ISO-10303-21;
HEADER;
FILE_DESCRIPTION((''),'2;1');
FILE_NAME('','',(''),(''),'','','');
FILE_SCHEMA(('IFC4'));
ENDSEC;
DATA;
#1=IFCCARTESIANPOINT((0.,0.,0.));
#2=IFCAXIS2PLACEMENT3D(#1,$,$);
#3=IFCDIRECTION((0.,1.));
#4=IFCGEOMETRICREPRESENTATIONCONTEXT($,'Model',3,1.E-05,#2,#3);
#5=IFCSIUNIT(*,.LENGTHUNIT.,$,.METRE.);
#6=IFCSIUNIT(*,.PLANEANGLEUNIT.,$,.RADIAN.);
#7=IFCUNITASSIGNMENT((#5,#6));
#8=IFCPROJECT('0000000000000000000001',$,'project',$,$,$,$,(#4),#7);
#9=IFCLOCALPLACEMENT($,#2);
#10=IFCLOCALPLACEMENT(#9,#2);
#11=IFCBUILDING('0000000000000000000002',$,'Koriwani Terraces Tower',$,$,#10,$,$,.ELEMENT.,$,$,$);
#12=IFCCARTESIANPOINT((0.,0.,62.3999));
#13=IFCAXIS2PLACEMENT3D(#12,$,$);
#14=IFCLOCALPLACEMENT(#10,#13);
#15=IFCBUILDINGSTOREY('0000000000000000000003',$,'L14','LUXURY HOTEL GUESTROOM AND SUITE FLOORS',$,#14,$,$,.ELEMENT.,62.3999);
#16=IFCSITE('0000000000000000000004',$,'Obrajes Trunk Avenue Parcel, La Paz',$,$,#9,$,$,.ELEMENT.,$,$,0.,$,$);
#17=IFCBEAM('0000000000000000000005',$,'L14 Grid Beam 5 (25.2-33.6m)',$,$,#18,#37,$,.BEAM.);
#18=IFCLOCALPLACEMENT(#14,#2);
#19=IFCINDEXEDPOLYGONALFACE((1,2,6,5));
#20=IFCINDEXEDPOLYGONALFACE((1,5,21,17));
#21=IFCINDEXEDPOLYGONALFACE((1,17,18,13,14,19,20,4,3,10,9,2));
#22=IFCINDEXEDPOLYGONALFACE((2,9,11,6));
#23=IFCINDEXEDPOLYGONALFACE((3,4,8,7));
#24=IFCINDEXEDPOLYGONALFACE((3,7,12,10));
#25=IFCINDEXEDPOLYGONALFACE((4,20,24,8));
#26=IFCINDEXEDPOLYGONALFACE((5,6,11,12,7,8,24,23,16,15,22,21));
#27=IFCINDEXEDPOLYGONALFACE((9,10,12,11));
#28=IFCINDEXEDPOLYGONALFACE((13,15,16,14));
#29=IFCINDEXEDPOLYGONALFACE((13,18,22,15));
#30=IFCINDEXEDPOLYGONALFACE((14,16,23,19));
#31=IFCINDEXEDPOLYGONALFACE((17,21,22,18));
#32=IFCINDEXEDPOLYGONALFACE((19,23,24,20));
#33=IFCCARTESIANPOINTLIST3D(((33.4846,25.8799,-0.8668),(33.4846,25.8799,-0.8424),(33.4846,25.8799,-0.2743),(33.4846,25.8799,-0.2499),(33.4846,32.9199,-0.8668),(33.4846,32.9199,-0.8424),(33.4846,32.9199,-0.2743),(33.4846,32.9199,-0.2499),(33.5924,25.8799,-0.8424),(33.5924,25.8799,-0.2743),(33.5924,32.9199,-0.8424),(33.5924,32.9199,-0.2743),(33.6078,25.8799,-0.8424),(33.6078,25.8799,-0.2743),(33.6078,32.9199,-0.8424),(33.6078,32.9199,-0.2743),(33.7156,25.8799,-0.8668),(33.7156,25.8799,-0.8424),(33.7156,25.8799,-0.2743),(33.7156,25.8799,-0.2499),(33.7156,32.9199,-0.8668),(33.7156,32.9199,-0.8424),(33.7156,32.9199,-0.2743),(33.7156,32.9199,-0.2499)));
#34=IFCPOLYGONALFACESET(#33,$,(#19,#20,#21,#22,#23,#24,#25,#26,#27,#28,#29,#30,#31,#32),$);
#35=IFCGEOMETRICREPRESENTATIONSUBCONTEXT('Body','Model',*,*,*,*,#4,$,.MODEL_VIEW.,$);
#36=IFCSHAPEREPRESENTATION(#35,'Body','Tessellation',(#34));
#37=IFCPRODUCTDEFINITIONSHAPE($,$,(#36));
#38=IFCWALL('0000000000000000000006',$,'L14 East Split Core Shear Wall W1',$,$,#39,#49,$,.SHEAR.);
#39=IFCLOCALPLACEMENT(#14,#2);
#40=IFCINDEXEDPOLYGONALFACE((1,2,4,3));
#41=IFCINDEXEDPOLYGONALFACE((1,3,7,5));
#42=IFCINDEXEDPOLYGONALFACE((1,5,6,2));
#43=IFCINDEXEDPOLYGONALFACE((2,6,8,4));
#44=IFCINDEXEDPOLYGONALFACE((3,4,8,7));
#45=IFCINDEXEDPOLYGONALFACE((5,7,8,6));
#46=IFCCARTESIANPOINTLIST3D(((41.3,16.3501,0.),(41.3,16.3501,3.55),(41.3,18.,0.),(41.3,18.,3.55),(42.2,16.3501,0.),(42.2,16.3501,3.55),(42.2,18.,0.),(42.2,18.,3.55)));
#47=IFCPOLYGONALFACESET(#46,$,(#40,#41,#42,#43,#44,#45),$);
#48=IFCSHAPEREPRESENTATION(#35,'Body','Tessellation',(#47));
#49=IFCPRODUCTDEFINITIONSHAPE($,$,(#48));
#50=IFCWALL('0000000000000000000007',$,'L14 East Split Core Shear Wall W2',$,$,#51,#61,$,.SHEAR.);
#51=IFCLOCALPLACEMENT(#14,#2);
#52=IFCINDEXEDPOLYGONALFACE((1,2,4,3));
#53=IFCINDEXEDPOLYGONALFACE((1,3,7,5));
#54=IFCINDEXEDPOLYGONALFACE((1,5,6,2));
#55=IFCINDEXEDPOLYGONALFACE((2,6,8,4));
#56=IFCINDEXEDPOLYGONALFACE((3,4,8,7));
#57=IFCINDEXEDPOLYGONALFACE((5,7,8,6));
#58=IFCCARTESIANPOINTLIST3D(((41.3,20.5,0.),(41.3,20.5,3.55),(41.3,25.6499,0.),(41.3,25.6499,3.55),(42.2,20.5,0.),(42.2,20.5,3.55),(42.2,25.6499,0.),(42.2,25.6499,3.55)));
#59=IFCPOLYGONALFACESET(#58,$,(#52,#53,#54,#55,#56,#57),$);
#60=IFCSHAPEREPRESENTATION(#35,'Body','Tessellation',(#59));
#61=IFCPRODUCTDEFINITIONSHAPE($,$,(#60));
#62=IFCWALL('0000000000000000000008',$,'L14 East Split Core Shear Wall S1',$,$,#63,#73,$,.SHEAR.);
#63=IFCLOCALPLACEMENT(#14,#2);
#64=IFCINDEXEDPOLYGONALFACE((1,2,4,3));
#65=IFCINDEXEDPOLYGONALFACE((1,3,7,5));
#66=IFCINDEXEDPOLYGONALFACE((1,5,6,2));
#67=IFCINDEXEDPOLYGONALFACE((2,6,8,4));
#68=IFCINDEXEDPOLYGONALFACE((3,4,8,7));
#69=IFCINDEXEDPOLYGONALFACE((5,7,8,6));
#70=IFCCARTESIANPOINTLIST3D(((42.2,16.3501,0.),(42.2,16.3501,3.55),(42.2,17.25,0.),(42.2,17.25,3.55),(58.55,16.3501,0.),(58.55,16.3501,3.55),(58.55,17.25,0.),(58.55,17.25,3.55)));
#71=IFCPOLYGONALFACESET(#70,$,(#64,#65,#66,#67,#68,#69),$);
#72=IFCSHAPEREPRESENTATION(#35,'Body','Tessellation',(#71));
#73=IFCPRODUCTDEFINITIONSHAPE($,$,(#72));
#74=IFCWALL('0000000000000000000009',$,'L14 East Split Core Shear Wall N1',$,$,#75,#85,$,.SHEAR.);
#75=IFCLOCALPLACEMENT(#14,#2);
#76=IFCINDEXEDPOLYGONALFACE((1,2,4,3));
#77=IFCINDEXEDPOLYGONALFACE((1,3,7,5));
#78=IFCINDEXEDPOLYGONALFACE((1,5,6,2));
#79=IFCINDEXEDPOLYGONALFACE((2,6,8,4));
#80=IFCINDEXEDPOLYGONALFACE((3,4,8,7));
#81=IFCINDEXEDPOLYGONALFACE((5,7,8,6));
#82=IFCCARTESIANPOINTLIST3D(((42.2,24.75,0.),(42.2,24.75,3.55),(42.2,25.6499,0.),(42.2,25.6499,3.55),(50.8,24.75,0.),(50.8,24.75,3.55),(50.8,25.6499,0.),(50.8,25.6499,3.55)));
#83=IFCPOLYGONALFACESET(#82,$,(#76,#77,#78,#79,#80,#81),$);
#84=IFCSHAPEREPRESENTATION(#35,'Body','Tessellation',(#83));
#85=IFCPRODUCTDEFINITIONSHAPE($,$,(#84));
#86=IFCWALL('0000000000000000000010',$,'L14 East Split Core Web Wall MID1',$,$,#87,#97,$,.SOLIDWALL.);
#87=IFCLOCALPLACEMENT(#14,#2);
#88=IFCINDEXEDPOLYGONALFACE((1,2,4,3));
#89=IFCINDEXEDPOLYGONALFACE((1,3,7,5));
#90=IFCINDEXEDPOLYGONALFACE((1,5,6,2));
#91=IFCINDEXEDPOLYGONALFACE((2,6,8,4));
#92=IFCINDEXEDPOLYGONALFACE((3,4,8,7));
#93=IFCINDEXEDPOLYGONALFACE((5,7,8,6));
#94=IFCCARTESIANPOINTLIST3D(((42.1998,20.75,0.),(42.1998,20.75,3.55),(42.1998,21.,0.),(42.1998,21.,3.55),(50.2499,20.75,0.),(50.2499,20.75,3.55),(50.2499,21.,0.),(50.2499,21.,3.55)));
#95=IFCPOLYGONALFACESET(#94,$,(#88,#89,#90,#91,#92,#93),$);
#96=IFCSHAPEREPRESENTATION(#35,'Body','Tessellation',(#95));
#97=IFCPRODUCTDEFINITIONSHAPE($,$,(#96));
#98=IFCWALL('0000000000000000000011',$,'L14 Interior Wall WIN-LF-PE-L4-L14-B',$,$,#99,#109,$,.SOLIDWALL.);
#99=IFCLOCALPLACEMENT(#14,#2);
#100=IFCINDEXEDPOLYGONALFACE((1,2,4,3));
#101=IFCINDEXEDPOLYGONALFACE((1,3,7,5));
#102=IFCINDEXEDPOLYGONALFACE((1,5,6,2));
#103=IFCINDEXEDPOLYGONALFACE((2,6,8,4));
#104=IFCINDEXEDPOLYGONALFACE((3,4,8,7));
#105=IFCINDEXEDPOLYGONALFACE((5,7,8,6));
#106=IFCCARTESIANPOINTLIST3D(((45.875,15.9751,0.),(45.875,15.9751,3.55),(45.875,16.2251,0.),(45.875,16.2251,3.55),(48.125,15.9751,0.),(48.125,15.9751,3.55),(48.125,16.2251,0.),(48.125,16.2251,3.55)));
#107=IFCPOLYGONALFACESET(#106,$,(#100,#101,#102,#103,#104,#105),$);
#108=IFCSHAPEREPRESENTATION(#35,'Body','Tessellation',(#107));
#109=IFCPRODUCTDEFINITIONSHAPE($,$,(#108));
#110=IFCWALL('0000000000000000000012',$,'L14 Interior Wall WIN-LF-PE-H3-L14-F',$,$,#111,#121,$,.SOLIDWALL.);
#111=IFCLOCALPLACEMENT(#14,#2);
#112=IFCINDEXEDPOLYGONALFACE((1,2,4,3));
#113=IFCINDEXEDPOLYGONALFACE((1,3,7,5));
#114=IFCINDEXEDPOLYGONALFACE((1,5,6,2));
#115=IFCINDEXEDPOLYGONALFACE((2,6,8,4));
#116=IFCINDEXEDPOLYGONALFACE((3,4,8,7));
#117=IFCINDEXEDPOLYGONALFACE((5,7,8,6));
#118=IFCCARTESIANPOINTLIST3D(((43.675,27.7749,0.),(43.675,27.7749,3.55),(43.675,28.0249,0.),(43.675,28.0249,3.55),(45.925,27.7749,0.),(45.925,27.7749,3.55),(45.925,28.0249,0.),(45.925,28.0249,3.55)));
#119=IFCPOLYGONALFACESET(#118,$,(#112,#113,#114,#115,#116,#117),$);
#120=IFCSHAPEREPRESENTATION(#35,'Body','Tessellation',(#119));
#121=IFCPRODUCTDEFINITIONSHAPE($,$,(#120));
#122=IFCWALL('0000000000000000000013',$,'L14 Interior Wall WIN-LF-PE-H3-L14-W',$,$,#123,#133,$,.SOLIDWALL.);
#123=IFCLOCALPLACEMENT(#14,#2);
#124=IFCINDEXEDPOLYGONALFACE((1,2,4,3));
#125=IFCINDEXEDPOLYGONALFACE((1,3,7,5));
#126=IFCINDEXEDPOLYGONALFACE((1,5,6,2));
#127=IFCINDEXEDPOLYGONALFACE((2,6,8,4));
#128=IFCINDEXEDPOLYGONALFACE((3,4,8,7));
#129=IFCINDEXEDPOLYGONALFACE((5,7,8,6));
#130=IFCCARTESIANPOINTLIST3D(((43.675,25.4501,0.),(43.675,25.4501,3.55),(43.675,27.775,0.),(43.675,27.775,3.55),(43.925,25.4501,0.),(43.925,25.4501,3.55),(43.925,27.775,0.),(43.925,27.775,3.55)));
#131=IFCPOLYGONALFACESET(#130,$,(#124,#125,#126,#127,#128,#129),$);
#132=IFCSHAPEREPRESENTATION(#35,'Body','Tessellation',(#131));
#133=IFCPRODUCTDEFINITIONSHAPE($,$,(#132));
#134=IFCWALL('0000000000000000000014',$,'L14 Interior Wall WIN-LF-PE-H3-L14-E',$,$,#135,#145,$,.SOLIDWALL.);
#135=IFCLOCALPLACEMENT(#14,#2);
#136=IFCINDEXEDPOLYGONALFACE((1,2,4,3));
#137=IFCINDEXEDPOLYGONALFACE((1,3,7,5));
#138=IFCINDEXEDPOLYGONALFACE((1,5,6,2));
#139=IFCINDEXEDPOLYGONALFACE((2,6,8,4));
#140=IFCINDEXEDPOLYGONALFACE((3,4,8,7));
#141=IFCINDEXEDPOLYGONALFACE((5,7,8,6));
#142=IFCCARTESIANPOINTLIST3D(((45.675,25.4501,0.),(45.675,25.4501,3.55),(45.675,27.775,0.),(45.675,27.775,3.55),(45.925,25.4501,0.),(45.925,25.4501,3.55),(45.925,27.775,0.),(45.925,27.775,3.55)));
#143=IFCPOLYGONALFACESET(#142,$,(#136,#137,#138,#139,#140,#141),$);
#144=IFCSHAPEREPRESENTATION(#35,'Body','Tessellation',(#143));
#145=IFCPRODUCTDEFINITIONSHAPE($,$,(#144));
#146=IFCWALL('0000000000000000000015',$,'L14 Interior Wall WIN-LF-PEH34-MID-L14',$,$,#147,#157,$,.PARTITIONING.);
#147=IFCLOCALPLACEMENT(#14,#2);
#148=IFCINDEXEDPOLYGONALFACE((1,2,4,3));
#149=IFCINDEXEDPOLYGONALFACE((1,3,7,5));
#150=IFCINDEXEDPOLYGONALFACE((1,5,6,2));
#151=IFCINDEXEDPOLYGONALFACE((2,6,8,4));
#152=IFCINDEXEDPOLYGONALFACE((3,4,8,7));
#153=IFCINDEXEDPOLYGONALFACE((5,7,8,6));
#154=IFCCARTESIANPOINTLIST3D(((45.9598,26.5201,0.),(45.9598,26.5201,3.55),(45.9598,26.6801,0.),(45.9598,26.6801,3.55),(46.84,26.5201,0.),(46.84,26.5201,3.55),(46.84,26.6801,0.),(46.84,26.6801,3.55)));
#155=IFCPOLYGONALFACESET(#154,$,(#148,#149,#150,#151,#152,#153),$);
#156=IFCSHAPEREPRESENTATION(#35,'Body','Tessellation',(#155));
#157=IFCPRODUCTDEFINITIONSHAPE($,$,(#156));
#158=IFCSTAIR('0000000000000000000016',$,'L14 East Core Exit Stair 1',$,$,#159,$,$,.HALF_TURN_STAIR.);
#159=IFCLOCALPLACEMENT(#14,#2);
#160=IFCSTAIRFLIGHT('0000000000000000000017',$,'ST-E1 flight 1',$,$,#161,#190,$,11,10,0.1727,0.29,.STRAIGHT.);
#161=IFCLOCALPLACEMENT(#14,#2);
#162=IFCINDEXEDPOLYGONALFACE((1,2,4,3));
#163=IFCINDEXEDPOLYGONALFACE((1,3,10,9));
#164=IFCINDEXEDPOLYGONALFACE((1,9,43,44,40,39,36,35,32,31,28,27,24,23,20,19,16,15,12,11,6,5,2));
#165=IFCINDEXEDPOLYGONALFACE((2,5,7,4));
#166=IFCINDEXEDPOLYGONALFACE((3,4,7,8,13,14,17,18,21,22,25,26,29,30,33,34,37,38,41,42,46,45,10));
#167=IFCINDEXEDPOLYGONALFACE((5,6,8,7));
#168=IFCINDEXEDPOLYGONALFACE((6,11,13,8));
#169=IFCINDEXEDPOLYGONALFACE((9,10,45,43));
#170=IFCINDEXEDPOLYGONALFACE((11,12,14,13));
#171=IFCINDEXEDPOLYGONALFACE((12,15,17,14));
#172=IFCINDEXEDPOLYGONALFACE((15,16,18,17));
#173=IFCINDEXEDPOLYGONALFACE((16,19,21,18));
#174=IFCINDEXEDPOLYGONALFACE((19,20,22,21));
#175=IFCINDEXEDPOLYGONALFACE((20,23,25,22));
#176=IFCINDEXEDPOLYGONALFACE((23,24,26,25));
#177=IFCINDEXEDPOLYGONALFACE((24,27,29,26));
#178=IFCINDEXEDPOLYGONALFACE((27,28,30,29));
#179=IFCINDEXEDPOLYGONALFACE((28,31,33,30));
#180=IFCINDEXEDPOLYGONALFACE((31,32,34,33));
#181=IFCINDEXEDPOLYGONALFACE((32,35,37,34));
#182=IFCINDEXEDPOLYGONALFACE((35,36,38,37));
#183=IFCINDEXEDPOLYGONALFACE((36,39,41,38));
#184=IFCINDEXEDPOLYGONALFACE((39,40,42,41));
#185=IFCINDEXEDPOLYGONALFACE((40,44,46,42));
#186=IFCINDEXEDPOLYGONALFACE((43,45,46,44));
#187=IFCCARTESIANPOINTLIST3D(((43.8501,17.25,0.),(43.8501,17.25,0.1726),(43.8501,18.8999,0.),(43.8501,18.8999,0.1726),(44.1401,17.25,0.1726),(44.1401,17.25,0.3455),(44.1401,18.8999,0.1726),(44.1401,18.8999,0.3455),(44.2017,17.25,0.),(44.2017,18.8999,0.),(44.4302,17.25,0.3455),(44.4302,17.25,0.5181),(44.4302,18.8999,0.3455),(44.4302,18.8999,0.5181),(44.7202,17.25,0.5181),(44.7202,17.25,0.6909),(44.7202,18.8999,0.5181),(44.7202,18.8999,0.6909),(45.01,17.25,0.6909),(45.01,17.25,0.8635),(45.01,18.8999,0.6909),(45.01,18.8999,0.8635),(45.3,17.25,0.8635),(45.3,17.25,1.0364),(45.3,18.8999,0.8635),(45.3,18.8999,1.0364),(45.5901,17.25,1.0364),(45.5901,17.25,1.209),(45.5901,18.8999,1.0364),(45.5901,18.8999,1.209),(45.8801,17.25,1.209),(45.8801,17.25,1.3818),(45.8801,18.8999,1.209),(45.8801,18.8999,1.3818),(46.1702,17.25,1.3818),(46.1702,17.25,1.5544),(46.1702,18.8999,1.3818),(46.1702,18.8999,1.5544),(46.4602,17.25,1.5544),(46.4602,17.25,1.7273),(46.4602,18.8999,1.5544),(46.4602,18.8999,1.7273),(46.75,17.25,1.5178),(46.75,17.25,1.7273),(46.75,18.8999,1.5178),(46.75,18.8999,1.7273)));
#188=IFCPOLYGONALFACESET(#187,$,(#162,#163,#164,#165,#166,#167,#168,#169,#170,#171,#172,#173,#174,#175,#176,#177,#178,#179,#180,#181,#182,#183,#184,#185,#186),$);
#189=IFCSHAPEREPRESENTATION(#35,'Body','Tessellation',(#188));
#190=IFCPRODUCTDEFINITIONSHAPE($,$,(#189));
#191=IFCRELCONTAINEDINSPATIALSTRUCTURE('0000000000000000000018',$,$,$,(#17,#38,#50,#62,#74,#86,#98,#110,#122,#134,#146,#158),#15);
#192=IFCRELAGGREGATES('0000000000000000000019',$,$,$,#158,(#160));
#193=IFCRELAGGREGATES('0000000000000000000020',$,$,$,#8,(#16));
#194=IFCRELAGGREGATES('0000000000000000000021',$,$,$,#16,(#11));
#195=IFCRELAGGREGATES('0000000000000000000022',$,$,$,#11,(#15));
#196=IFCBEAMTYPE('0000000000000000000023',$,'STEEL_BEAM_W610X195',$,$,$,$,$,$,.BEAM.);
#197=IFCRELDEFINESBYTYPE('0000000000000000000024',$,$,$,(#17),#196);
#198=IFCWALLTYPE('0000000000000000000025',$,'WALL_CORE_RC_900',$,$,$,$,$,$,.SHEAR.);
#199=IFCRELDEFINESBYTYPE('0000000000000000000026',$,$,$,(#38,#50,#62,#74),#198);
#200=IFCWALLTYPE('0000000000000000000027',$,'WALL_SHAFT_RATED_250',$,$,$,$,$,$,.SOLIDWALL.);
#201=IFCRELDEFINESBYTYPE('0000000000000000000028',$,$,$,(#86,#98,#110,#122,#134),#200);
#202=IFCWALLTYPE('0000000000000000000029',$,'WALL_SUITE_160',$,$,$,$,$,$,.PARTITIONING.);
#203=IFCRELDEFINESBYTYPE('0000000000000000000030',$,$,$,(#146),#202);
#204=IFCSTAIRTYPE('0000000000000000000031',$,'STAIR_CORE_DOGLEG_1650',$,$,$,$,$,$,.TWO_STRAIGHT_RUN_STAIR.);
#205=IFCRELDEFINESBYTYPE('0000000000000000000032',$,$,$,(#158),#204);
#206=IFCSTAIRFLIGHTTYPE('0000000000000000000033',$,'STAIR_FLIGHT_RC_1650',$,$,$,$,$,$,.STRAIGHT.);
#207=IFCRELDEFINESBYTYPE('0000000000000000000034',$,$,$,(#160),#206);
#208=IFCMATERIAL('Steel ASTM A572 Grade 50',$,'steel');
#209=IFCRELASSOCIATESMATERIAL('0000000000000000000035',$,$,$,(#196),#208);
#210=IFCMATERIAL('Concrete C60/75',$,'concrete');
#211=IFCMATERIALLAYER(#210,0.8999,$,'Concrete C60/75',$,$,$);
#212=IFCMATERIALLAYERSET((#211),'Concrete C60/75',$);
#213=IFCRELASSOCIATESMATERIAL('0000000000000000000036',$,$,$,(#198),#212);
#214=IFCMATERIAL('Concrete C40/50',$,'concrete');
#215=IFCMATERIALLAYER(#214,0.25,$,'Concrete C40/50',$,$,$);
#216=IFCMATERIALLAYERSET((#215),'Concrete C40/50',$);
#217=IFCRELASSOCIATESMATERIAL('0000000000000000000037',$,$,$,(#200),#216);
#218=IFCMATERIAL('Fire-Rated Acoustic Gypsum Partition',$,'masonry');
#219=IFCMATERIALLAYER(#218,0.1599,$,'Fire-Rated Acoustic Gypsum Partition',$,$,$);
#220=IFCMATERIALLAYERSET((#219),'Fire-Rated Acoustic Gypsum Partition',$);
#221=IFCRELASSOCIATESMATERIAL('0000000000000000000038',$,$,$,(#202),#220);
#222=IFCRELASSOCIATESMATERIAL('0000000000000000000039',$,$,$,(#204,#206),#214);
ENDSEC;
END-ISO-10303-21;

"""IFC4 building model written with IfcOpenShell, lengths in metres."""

from ifc_helpers import new_model, si_unit, direction, frame, frame_2d, origin, origin_2d, place, context, subcontext, project, spatial, polyline, rectangle, i_section, outline, extrude, material, layer, layer_set, material_profile, profile_set, type_object, element, aggregate, save


model = new_model("IFC4")

# Units and contexts
model_context = context("Model", 3, precision=1e-05, world=origin(), true_north=direction((0.0, 1.0)))
body_context = subcontext(model_context, "Body", "Model", "MODEL_VIEW")
ifc_project = project(units=[si_unit("LENGTHUNIT", "METRE"), si_unit("PLANEANGLEUNIT", "RADIAN")], contexts=[model_context])

# Site, building, storey
site_placement = place(None, origin())
site = spatial("IfcSite", under=ifc_project, at=site_placement, Name="Obrajes Trunk Avenue Parcel, La Paz", CompositionType="ELEMENT", RefElevation=0.0)
building_placement = place(site_placement, origin())
building = spatial("IfcBuilding", under=site, at=building_placement, Name="Koriwani Terraces Tower", CompositionType="ELEMENT")
storey_placement = place(building_placement, frame((0.0, 0.0, 62.3999)))
storey = spatial("IfcBuildingStorey", under=building, at=storey_placement, Name="L14", Description="LUXURY HOTEL GUESTROOM AND SUITE FLOORS", CompositionType="ELEMENT", Elevation=62.3999)

# Shared definitions
ifc_material_1 = material(Name="Concrete C60/75", Category="concrete")

# Beam
ifc_material_2 = material(Name="Concrete C40/50", Category="concrete")
ifc_material_3 = material(Name="Steel ASTM A572 Grade 50", Category="steel")
ifc_material_profile_1 = material_profile(ifc_material_3, i_section(OverallWidth=0.231, OverallDepth=0.6169, WebThickness=0.0154, FlangeThickness=0.0244, at=origin_2d()), Name="Steel ASTM A572 Grade 50", Category="LoadBearing")
ifc_profile_set_1 = profile_set([ifc_material_profile_1], Name="Steel ASTM A572 Grade 50")
beam_type_1 = type_object("IfcBeamType", Name="STEEL_BEAM_W610X195", PredefinedType="BEAM", material=ifc_profile_set_1)
for number, where, z_axis, x_axis, name in (
    (1, (33.6001, 25.8799, -0.5583), (0.0, 1.0, 0.0), (-1.0, 0.0, 0.0), "L14 Grid Beam 5 (25.2-33.6m)"),
):
    element("IfcBeam", number, at=place(storey_placement, frame(where, z_axis=z_axis, x_axis=x_axis)), inside=storey, type_object=beam_type_1, Name=name, PredefinedType="BEAM", context=body_context, shape_type="SweptSolid", body=[
        extrude(i_section(OverallWidth=0.231, OverallDepth=0.6169, WebThickness=0.0154, FlangeThickness=0.0244, at=origin_2d()), origin(), (0.0, 0.0, 1.0), 7.04),
    ])

# Walls
ifc_layer_1 = layer(ifc_material_1, 0.8999, Name="Concrete C60/75")
ifc_layer_set_1 = layer_set([ifc_layer_1], Name="Concrete C60/75")
wall_type_1 = type_object("IfcWallType", Name="WALL_CORE_RC_900", PredefinedType="SHEAR", material=ifc_layer_set_1)
wall_1_placement = place(storey_placement, frame((41.75, 16.3501, 0.0), z_axis=(0.0, 0.0, 1.0), x_axis=(0.0, 1.0, 0.0)))
element("IfcWall", 2, at=wall_1_placement, inside=storey, type_object=wall_type_1, Name="L14 East Split Core Shear Wall W1", PredefinedType="SHEAR", context=body_context, shape_type="SweptSolid", body=[
    extrude(rectangle(XDim=1.6499, YDim=0.8999, at=frame_2d((0.825, 0.0))), origin(), (0.0, 0.0, 1.0), 3.55),
])
wall_2_placement = place(storey_placement, frame((41.75, 20.5, 0.0), z_axis=(0.0, 0.0, 1.0), x_axis=(0.0, 1.0, 0.0)))
element("IfcWall", 3, at=wall_2_placement, inside=storey, type_object=wall_type_1, Name="L14 East Split Core Shear Wall W2", PredefinedType="SHEAR", context=body_context, shape_type="SweptSolid", body=[
    extrude(rectangle(XDim=5.1499, YDim=0.8999, at=frame_2d((2.575, 0.0))), origin(), (0.0, 0.0, 1.0), 3.55),
])
wall_3_placement = place(storey_placement, frame((42.2, 16.8, 0.0), z_axis=(0.0, 0.0, 1.0), x_axis=(1.0, 0.0, 0.0)))
element("IfcWall", 4, at=wall_3_placement, inside=storey, type_object=wall_type_1, Name="L14 East Split Core Shear Wall S1", PredefinedType="SHEAR", context=body_context, shape_type="SweptSolid", body=[
    extrude(rectangle(XDim=16.3501, YDim=0.8999, at=frame_2d((8.175, 0.0))), origin(), (0.0, 0.0, 1.0), 3.55),
])
wall_4_placement = place(storey_placement, frame((42.2, 25.2, 0.0), z_axis=(0.0, 0.0, 1.0), x_axis=(1.0, 0.0, 0.0)))
element("IfcWall", 5, at=wall_4_placement, inside=storey, type_object=wall_type_1, Name="L14 East Split Core Shear Wall N1", PredefinedType="SHEAR", context=body_context, shape_type="SweptSolid", body=[
    extrude(rectangle(XDim=8.6001, YDim=0.8999, at=frame_2d((4.3, 0.0))), origin(), (0.0, 0.0, 1.0), 3.55),
])
ifc_layer_2 = layer(ifc_material_2, 0.25, Name="Concrete C40/50")
ifc_layer_set_2 = layer_set([ifc_layer_2], Name="Concrete C40/50")
wall_type_2 = type_object("IfcWallType", Name="WALL_SHAFT_RATED_250", PredefinedType="SOLIDWALL", material=ifc_layer_set_2)
wall_5_placement = place(storey_placement, frame((42.2, 20.875, 0.0), z_axis=(0.0, 0.0, 1.0), x_axis=(1.0, 0.0, 0.0)))
element("IfcWall", 6, at=wall_5_placement, inside=storey, type_object=wall_type_2, Name="L14 East Split Core Web Wall MID1", PredefinedType="SOLIDWALL", context=body_context, shape_type="SweptSolid", body=[
    extrude(rectangle(XDim=8.05, YDim=0.25, at=frame_2d((4.0249, 0.0))), origin(), (0.0, 0.0, 1.0), 3.55),
])

# Walls
for number, where, z_axis, x_axis, name in (
    (7, (45.875, 16.1001, 0.0), (0.0, 0.0, 1.0), (1.0, 0.0, 0.0), "L14 Interior Wall WIN-LF-PE-L4-L14-B"),
    (8, (43.675, 27.8999, 0.0), (0.0, 0.0, 1.0), (1.0, 0.0, 0.0), "L14 Interior Wall WIN-LF-PE-H3-L14-F"),
):
    element("IfcWall", number, at=place(storey_placement, frame(where, z_axis=z_axis, x_axis=x_axis)), inside=storey, type_object=wall_type_2, Name=name, PredefinedType="SOLIDWALL", context=body_context, shape_type="SweptSolid", body=[
        extrude(rectangle(XDim=2.25, YDim=0.25, at=frame_2d((1.125, 0.0))), origin(), (0.0, 0.0, 1.0), 3.55),
    ])
for number, where, z_axis, x_axis, name in (
    (9, (43.8, 25.45, 0.0), (0.0, 0.0, 1.0), (0.0, 1.0, 0.0), "L14 Interior Wall WIN-LF-PE-H3-L14-W"),
    (10, (45.8, 25.45, 0.0), (0.0, 0.0, 1.0), (0.0, 1.0, 0.0), "L14 Interior Wall WIN-LF-PE-H3-L14-E"),
):
    element("IfcWall", number, at=place(storey_placement, frame(where, z_axis=z_axis, x_axis=x_axis)), inside=storey, type_object=wall_type_2, Name=name, PredefinedType="SOLIDWALL", context=body_context, shape_type="SweptSolid", body=[
        extrude(rectangle(XDim=2.325, YDim=0.25, at=frame_2d((1.1626, 0.0))), origin(), (0.0, 0.0, 1.0), 3.55),
    ])
ifc_material_4 = material(Name="Fire-Rated Acoustic Gypsum Partition", Category="masonry")
ifc_layer_3 = layer(ifc_material_4, 0.1599, Name="Fire-Rated Acoustic Gypsum Partition")
ifc_layer_set_3 = layer_set([ifc_layer_3], Name="Fire-Rated Acoustic Gypsum Partition")
wall_type_3 = type_object("IfcWallType", Name="WALL_SUITE_160", PredefinedType="PARTITIONING", material=ifc_layer_set_3)
wall_6_placement = place(storey_placement, frame((45.96, 26.6001, 0.0), z_axis=(0.0, 0.0, 1.0), x_axis=(1.0, 0.0, 0.0)))
element("IfcWall", 11, at=wall_6_placement, inside=storey, type_object=wall_type_3, Name="L14 Interior Wall WIN-LF-PEH34-MID-L14", PredefinedType="PARTITIONING", context=body_context, shape_type="SweptSolid", body=[
    extrude(rectangle(XDim=0.8801, YDim=0.1599, at=frame_2d((0.4399, 0.0))), origin(), (0.0, 0.0, 1.0), 3.55),
])

# Stair, stair flight
stair_type = type_object("IfcStairType", Name="STAIR_CORE_DOGLEG_1650", PredefinedType="TWO_STRAIGHT_RUN_STAIR", material=ifc_material_2)
stair_placement = place(storey_placement, origin())
stair = element("IfcStair", 12, at=stair_placement, inside=storey, type_object=stair_type, Name="L14 East Core Exit Stair 1", PredefinedType="HALF_TURN_STAIR")
stair_flight_type = type_object("IfcStairFlightType", Name="STAIR_FLIGHT_RC_1650", PredefinedType="STRAIGHT", material=ifc_material_2)
stair_flight_placement = place(storey_placement, frame((43.8501, 18.075, 0.0), z_axis=(0.0, 0.0, 1.0), x_axis=(1.0, 0.0, 0.0)))
stair_flight = element("IfcStairFlight", 13, at=stair_flight_placement, type_object=stair_flight_type, Name="ST-E1 flight 1", NumberOfRisers=11, NumberOfTreads=10, PredefinedType="STRAIGHT", RiserHeight=0.1727, TreadLength=0.29, context=body_context, shape_type="SweptSolid", body=[
    extrude(outline(polyline([(0.0, 0.0), (0.0, 0.1726), (0.29, 0.1726), (0.29, 0.3455), (0.5801, 0.3455), (0.5801, 0.5181), (0.8701, 0.5181), (0.8701, 0.6909), (1.1599, 0.6909), (1.1599, 0.8635), (1.45, 0.8635), (1.45, 1.0364), (1.74, 1.0364), (1.74, 1.209), (2.03, 1.209), (2.03, 1.3818), (2.3201, 1.3818), (2.3201, 1.5544), (2.6101, 1.5544), (2.6101, 1.7273), (2.8999, 1.7273), (2.8999, 1.8999), (2.8999, 1.5178), (0.3516, 0.0), (0.0, 0.0)])), frame((0.0, 0.825, 0.0), z_axis=(0.0, -1.0, 0.0), x_axis=(1.0, 0.0, 0.0)), (0.0, 0.0, 1.0), 1.6499),
])
aggregate(stair, [stair_flight])

save(model, "model.ifc")
